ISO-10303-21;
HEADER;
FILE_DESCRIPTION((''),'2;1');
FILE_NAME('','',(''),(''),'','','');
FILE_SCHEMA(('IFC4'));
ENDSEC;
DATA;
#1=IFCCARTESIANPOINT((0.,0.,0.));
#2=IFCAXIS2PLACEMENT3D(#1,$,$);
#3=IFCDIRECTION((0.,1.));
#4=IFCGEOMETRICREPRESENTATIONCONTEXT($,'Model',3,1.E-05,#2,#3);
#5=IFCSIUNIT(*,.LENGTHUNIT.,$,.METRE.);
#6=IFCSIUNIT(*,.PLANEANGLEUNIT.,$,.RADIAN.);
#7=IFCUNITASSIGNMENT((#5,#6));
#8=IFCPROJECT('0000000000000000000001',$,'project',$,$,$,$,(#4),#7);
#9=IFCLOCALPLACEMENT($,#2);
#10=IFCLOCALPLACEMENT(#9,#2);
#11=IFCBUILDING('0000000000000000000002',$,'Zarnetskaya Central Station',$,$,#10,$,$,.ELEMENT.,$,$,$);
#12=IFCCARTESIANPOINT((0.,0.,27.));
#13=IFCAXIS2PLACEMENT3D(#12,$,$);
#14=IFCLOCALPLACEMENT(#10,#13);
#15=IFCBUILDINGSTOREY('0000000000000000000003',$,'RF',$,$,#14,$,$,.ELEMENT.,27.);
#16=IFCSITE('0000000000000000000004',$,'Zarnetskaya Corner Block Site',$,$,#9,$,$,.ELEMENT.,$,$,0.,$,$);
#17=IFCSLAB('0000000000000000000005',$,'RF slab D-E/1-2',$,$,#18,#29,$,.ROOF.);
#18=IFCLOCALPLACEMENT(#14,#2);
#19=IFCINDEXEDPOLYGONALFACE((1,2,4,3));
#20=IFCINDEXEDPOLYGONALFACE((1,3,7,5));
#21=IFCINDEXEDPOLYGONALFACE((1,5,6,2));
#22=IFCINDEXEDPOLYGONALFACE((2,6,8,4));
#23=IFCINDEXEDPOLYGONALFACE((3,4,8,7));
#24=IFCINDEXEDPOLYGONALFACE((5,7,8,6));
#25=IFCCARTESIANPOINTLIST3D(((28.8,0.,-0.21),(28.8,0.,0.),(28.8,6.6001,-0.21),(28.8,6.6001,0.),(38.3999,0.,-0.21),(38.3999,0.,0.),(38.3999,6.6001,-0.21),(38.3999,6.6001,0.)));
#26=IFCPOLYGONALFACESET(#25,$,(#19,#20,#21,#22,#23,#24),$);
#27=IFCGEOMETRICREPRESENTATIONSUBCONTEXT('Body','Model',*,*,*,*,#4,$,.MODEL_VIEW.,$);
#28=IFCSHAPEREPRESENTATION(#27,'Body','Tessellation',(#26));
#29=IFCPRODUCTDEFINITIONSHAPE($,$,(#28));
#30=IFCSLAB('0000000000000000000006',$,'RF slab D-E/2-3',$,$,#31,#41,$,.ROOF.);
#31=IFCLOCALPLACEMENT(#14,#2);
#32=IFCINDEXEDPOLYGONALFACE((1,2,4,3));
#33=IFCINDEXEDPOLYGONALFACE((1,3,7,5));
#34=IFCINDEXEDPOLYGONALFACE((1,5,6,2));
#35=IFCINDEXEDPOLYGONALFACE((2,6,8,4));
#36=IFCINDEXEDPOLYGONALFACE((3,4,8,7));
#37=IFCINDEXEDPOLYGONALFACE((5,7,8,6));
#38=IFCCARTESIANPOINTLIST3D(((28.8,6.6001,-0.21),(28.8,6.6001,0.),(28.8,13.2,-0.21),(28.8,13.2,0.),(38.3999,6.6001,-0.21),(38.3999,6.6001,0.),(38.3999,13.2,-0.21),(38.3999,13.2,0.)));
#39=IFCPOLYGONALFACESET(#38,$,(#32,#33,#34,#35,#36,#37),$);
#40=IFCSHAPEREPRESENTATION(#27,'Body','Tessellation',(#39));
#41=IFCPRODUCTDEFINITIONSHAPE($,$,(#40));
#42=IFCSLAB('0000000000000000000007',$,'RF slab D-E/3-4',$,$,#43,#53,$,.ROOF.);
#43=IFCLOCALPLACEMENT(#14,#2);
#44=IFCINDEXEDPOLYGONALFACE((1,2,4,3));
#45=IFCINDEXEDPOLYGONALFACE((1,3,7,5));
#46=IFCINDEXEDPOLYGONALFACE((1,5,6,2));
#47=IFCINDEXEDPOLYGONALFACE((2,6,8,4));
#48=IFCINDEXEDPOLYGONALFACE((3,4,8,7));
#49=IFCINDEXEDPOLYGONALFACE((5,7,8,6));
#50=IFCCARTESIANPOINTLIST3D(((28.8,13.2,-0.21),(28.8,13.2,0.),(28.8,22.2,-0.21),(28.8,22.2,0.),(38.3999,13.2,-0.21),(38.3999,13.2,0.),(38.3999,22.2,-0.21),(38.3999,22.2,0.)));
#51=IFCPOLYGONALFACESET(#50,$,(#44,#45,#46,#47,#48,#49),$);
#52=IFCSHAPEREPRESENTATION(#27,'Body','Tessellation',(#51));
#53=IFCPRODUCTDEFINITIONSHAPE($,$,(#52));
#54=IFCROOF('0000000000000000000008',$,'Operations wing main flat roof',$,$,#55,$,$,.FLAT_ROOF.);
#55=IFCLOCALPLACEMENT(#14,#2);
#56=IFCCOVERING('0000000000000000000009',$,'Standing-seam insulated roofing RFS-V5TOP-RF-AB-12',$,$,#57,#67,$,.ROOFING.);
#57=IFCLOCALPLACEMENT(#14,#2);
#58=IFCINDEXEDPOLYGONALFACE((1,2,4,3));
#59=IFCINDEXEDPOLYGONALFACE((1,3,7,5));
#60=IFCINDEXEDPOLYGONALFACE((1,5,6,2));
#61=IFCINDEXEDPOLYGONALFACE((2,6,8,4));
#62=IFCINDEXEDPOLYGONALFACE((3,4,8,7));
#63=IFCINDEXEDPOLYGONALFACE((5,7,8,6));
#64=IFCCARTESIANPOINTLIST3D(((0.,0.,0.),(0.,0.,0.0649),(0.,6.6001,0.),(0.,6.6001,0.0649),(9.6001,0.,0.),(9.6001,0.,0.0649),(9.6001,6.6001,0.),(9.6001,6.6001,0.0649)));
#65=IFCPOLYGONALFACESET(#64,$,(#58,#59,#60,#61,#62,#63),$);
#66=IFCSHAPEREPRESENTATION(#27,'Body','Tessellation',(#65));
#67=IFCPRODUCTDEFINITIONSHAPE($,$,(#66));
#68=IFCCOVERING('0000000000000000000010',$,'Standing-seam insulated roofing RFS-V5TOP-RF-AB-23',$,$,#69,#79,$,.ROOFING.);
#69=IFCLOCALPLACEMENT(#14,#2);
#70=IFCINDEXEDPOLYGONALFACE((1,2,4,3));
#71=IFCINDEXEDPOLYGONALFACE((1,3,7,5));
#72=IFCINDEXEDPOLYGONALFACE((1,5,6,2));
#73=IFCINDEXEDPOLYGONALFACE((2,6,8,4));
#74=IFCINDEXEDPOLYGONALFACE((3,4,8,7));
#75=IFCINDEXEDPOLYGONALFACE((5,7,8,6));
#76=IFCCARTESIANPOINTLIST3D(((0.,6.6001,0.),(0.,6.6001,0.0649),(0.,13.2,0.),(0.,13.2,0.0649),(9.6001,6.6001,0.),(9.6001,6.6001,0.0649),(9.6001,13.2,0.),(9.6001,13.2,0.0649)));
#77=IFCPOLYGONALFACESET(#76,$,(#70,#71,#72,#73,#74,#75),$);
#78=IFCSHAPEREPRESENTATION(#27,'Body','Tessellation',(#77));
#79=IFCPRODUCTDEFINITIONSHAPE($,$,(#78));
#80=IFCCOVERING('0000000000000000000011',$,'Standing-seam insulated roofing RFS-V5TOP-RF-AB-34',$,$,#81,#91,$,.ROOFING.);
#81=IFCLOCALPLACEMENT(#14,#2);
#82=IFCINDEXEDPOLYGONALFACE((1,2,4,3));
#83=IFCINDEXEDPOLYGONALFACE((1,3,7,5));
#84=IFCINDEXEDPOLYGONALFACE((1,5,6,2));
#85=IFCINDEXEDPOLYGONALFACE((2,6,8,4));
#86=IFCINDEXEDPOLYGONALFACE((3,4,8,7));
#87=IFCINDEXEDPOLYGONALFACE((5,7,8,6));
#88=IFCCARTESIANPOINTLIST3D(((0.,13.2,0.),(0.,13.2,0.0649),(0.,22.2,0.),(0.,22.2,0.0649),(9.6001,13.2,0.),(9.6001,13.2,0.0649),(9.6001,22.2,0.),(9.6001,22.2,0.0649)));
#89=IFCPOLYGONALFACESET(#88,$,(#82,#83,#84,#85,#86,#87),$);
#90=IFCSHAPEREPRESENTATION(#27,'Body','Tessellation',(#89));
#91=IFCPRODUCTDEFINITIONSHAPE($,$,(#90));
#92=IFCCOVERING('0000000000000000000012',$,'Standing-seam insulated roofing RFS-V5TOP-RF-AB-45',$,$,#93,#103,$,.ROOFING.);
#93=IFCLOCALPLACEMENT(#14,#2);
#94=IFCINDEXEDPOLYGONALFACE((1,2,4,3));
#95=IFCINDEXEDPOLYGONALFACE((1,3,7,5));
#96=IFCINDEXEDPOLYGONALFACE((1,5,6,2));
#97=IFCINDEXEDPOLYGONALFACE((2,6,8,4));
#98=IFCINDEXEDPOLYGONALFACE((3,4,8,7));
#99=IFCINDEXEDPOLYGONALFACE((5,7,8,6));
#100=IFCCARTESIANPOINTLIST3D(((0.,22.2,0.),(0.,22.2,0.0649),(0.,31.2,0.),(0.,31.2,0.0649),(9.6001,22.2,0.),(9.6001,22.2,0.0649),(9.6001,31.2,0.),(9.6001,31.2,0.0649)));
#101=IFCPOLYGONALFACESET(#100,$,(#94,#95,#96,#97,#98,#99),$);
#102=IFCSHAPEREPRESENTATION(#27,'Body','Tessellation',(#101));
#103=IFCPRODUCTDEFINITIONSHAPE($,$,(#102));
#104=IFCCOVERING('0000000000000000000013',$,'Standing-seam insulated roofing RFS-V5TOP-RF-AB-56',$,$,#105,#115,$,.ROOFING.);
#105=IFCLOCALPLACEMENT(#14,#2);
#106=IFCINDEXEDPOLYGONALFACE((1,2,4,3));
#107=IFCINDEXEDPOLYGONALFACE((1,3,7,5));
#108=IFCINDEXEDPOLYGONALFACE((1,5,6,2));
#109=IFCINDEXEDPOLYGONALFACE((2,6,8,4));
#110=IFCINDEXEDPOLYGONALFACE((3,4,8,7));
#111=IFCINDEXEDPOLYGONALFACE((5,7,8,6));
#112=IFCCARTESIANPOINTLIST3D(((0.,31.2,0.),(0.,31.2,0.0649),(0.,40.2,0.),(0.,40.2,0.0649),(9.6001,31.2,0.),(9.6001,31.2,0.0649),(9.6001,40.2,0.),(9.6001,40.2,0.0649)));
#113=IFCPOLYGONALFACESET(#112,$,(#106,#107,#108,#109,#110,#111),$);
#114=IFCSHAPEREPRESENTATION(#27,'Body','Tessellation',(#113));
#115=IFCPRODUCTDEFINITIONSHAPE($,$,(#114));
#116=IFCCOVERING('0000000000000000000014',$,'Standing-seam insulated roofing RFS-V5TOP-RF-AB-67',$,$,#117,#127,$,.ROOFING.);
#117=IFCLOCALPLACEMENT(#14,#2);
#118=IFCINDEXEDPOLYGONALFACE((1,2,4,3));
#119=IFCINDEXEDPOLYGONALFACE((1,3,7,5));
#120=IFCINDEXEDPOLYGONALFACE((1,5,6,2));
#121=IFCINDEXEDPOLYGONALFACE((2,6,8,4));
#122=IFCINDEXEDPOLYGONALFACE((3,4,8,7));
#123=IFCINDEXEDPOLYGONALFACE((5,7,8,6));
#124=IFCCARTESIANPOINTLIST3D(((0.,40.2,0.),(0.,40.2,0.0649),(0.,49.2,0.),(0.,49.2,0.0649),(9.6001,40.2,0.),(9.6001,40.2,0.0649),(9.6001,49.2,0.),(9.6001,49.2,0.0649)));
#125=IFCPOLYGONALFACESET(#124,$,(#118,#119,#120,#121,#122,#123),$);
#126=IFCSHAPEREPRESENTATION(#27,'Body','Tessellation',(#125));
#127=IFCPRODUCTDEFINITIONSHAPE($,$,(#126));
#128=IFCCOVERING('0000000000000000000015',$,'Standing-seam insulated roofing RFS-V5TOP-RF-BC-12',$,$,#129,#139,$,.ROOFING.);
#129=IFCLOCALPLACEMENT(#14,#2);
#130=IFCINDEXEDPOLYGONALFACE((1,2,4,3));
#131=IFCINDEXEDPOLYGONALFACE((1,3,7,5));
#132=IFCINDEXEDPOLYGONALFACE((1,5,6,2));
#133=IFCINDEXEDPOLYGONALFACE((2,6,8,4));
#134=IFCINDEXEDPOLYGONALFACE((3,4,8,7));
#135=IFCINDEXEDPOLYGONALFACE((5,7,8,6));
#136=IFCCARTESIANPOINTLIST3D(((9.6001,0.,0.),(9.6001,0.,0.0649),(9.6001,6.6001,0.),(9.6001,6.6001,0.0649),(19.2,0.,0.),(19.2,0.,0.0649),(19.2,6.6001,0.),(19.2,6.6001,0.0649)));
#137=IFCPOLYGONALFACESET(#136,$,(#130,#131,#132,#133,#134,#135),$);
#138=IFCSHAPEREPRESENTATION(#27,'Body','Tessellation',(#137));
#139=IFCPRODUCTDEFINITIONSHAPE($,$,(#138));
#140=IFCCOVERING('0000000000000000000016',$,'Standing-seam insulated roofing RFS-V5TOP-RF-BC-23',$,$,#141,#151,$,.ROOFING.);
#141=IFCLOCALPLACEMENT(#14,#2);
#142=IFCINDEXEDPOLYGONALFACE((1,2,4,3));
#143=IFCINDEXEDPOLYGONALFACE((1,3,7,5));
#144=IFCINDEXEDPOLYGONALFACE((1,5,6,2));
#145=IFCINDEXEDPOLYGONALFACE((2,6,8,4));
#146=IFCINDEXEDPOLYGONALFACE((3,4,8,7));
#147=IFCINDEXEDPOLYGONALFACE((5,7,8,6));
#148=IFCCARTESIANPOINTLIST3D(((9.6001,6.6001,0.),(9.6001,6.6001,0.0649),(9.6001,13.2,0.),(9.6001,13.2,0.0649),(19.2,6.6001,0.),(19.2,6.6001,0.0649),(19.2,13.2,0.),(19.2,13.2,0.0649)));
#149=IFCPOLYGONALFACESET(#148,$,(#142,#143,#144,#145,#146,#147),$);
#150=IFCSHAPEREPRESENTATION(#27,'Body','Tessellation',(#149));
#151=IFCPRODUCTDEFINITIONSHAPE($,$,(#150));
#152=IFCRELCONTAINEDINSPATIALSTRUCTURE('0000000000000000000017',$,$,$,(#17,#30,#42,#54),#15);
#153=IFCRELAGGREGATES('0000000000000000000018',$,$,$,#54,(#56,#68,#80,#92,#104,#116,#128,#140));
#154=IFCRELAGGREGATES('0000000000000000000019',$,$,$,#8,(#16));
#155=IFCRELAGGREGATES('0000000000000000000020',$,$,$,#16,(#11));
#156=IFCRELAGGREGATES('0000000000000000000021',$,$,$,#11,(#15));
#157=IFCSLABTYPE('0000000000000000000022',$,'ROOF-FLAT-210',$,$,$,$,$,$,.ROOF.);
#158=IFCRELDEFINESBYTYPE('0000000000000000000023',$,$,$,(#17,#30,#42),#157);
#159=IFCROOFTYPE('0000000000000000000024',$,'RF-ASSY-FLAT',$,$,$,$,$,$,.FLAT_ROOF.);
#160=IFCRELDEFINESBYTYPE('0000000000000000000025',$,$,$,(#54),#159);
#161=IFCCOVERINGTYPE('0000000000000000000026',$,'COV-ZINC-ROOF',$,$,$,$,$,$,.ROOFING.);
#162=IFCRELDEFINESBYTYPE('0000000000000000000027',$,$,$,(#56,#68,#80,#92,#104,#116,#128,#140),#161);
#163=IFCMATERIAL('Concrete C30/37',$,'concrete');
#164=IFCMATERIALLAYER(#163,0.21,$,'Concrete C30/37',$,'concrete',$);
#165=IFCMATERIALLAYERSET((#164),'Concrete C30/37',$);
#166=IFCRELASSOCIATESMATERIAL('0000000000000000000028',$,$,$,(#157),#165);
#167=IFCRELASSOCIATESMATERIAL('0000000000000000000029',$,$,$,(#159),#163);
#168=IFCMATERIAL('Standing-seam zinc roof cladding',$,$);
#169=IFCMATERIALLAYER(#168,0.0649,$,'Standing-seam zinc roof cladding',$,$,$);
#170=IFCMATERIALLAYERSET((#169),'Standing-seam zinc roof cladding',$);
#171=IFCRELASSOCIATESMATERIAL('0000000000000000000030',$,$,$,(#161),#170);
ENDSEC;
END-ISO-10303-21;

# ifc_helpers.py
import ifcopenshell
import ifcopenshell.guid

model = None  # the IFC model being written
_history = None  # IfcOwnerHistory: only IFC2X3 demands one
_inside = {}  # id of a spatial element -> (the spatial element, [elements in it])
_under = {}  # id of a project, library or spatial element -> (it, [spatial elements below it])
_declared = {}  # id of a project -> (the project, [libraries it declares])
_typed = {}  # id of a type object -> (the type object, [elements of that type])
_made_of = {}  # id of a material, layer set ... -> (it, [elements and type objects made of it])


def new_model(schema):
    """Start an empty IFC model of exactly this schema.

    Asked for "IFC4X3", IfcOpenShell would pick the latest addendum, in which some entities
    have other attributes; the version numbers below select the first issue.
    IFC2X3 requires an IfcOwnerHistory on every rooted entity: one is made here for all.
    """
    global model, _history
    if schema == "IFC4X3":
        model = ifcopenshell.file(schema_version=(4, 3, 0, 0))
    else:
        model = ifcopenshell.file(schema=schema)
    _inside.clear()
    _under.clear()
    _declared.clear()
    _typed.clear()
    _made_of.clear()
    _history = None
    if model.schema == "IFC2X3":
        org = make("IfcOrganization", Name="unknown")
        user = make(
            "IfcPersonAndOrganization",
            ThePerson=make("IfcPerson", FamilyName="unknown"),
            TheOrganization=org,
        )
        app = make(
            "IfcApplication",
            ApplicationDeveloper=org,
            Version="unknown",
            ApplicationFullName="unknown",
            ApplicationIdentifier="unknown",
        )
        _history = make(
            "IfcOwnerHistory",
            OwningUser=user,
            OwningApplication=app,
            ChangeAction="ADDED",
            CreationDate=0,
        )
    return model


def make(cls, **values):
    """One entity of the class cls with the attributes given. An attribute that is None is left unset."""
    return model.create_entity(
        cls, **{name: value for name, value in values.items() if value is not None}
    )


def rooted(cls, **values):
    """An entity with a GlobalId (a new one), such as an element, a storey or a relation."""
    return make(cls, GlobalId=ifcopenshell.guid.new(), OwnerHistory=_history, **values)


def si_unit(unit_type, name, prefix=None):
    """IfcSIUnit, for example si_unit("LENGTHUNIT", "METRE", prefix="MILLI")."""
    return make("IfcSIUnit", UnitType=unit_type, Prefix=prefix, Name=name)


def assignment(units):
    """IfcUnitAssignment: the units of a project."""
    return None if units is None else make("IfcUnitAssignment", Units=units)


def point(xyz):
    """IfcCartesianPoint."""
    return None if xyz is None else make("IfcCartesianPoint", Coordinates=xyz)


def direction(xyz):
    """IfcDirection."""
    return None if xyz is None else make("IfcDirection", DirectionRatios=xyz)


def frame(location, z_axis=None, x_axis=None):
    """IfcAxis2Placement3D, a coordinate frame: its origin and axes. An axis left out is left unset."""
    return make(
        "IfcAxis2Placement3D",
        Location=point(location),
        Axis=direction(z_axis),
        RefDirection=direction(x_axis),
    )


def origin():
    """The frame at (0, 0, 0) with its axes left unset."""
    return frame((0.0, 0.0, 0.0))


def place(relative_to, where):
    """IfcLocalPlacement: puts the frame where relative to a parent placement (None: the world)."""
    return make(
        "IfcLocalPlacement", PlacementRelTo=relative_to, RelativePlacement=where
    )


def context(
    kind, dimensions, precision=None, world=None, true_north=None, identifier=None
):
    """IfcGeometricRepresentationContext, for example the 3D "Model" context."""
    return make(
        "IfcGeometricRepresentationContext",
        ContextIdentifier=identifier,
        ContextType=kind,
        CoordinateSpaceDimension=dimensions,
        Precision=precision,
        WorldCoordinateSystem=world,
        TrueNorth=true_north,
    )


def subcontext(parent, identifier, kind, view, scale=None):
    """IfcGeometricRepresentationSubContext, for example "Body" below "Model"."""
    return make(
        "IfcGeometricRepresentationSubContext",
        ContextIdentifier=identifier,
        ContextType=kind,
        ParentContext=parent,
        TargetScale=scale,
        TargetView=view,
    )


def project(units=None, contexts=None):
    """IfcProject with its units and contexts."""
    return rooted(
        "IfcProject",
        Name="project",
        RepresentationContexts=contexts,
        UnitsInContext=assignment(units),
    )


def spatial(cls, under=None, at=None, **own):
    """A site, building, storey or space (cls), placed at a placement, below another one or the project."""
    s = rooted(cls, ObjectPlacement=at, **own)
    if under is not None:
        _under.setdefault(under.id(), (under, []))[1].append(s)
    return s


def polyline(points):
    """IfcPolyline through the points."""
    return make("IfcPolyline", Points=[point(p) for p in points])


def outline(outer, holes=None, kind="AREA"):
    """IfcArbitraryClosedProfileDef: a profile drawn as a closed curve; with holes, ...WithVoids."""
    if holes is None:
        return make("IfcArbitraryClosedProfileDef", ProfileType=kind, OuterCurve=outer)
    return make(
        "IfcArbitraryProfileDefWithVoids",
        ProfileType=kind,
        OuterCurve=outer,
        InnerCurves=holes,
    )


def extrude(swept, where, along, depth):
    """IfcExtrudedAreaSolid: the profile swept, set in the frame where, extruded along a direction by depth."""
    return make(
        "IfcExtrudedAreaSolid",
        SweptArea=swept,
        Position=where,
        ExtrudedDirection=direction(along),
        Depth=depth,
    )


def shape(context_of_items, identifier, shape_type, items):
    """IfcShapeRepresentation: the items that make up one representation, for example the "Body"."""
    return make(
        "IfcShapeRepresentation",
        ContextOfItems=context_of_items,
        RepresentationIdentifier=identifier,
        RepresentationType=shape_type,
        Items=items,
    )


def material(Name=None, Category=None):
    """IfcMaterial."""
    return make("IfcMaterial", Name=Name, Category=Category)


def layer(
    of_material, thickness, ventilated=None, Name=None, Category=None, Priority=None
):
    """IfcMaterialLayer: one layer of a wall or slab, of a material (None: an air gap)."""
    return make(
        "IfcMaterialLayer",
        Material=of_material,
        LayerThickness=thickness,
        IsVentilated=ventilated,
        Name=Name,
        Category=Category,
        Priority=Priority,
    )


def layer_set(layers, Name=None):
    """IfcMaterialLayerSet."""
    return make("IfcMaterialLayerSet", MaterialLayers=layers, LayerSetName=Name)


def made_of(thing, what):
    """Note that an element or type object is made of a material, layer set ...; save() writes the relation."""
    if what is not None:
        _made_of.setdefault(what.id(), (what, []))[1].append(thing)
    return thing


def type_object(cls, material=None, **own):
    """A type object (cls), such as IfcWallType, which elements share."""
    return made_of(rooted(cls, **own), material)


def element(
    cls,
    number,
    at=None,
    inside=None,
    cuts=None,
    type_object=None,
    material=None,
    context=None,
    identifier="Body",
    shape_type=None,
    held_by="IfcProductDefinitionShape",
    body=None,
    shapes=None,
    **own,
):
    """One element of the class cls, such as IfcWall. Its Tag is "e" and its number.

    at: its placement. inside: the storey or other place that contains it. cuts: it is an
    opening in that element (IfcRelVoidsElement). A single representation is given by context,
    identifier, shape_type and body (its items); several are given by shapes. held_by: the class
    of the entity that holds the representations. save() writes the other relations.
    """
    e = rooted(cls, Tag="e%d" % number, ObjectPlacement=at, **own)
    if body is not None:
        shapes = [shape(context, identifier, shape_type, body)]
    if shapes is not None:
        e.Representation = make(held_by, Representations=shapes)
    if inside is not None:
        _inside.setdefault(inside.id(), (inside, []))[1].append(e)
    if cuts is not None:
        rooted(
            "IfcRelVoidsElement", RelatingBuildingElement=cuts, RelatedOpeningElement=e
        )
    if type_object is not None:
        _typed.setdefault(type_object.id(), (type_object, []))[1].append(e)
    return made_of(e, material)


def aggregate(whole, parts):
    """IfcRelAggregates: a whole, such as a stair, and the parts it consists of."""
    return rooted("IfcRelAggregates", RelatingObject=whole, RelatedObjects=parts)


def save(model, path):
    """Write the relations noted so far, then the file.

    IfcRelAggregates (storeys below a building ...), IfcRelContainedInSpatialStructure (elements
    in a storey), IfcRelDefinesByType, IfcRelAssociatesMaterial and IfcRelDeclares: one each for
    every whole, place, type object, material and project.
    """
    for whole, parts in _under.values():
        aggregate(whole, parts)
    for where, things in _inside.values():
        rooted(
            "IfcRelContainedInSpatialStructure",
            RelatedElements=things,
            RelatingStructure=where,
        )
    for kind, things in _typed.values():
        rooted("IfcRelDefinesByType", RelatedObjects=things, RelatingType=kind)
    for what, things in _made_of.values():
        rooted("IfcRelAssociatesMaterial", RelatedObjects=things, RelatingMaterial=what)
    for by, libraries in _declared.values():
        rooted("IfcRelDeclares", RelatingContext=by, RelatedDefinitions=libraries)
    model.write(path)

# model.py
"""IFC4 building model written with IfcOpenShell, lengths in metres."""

from ifc_helpers import new_model, si_unit, direction, frame, origin, place, context, subcontext, project, spatial, polyline, outline, extrude, material, layer, layer_set, type_object, element, aggregate, save


model = new_model("IFC4")

# Units and contexts
model_context = context("Model", 3, precision=1e-05, world=origin(), true_north=direction((0.0, 1.0)))
body_context = subcontext(model_context, "Body", "Model", "MODEL_VIEW")
ifc_project = project(units=[si_unit("LENGTHUNIT", "METRE"), si_unit("PLANEANGLEUNIT", "RADIAN")], contexts=[model_context])

# Site, building, storey
site_placement = place(None, origin())
site = spatial("IfcSite", under=ifc_project, at=site_placement, Name="Zarnetskaya Corner Block Site", CompositionType="ELEMENT", RefElevation=0.0)
building_placement = place(site_placement, origin())
building = spatial("IfcBuilding", under=site, at=building_placement, Name="Zarnetskaya Central Station", CompositionType="ELEMENT")
storey_placement = place(building_placement, frame((0.0, 0.0, 27.0)))
storey = spatial("IfcBuildingStorey", under=building, at=storey_placement, Name="RF", CompositionType="ELEMENT", Elevation=27.0)

# Slabs
ifc_material_1 = material(Name="Concrete C30/37", Category="concrete")
ifc_layer_1 = layer(ifc_material_1, 0.21, Name="Concrete C30/37", Category="concrete")
ifc_layer_set_1 = layer_set([ifc_layer_1], Name="Concrete C30/37")
slab_type = type_object("IfcSlabType", Name="ROOF-FLAT-210", PredefinedType="ROOF", material=ifc_layer_set_1)
slab_1_placement = place(storey_placement, frame((0.0, 0.0, -0.21)))
element("IfcSlab", 1, at=slab_1_placement, inside=storey, type_object=slab_type, Name="RF slab D-E/1-2", PredefinedType="ROOF", context=body_context, shape_type="SweptSolid", body=[
    extrude(outline(polyline([(28.8, 0.0), (38.3999, 0.0), (38.3999, 6.6001), (28.8, 6.6001), (28.8, 0.0)])), origin(), (0.0, 0.0, 1.0), 0.21),
])
slab_2_placement = place(storey_placement, frame((0.0, 0.0, -0.21)))
element("IfcSlab", 2, at=slab_2_placement, inside=storey, type_object=slab_type, Name="RF slab D-E/2-3", PredefinedType="ROOF", context=body_context, shape_type="SweptSolid", body=[
    extrude(outline(polyline([(28.8, 6.6001), (38.3999, 6.6001), (38.3999, 13.2), (28.8, 13.2), (28.8, 6.6001)])), origin(), (0.0, 0.0, 1.0), 0.21),
])
slab_3_placement = place(storey_placement, frame((0.0, 0.0, -0.21)))
element("IfcSlab", 3, at=slab_3_placement, inside=storey, type_object=slab_type, Name="RF slab D-E/3-4", PredefinedType="ROOF", context=body_context, shape_type="SweptSolid", body=[
    extrude(outline(polyline([(28.8, 13.2), (38.3999, 13.2), (38.3999, 22.2), (28.8, 22.2), (28.8, 13.2)])), origin(), (0.0, 0.0, 1.0), 0.21),
])

# Roof, coverings
roof_type = type_object("IfcRoofType", Name="RF-ASSY-FLAT", PredefinedType="FLAT_ROOF", material=ifc_material_1)
roof_placement = place(storey_placement, origin())
roof = element("IfcRoof", 4, at=roof_placement, inside=storey, type_object=roof_type, Name="Operations wing main flat roof", PredefinedType="FLAT_ROOF")
ifc_material_2 = material(Name="Standing-seam zinc roof cladding")
ifc_layer_2 = layer(ifc_material_2, 0.0649, Name="Standing-seam zinc roof cladding")
ifc_layer_set_2 = layer_set([ifc_layer_2], Name="Standing-seam zinc roof cladding")
covering_type = type_object("IfcCoveringType", Name="COV-ZINC-ROOF", PredefinedType="ROOFING", material=ifc_layer_set_2)
covering_1_placement = place(storey_placement, origin())
covering_1 = element("IfcCovering", 5, at=covering_1_placement, type_object=covering_type, Name="Standing-seam insulated roofing RFS-V5TOP-RF-AB-12", PredefinedType="ROOFING", context=body_context, shape_type="SweptSolid", body=[
    extrude(outline(polyline([(0.0, 0.0), (9.6001, 0.0), (9.6001, 6.6001), (0.0, 6.6001), (0.0, 0.0)])), origin(), (0.0, 0.0, 1.0), 0.0649),
])
covering_2_placement = place(storey_placement, origin())
covering_2 = element("IfcCovering", 6, at=covering_2_placement, type_object=covering_type, Name="Standing-seam insulated roofing RFS-V5TOP-RF-AB-23", PredefinedType="ROOFING", context=body_context, shape_type="SweptSolid", body=[
    extrude(outline(polyline([(0.0, 6.6001), (9.6001, 6.6001), (9.6001, 13.2), (0.0, 13.2), (0.0, 6.6001)])), origin(), (0.0, 0.0, 1.0), 0.0649),
])
covering_3_placement = place(storey_placement, origin())
covering_3 = element("IfcCovering", 7, at=covering_3_placement, type_object=covering_type, Name="Standing-seam insulated roofing RFS-V5TOP-RF-AB-34", PredefinedType="ROOFING", context=body_context, shape_type="SweptSolid", body=[
    extrude(outline(polyline([(0.0, 13.2), (9.6001, 13.2), (9.6001, 22.2), (0.0, 22.2), (0.0, 13.2)])), origin(), (0.0, 0.0, 1.0), 0.0649),
])
covering_4_placement = place(storey_placement, origin())
covering_4 = element("IfcCovering", 8, at=covering_4_placement, type_object=covering_type, Name="Standing-seam insulated roofing RFS-V5TOP-RF-AB-45", PredefinedType="ROOFING", context=body_context, shape_type="SweptSolid", body=[
    extrude(outline(polyline([(0.0, 22.2), (9.6001, 22.2), (9.6001, 31.2), (0.0, 31.2), (0.0, 22.2)])), origin(), (0.0, 0.0, 1.0), 0.0649),
])
covering_5_placement = place(storey_placement, origin())
covering_5 = element("IfcCovering", 9, at=covering_5_placement, type_object=covering_type, Name="Standing-seam insulated roofing RFS-V5TOP-RF-AB-56", PredefinedType="ROOFING", context=body_context, shape_type="SweptSolid", body=[
    extrude(outline(polyline([(0.0, 31.2), (9.6001, 31.2), (9.6001, 40.2), (0.0, 40.2), (0.0, 31.2)])), origin(), (0.0, 0.0, 1.0), 0.0649),
])
covering_6_placement = place(storey_placement, origin())
covering_6 = element("IfcCovering", 10, at=covering_6_placement, type_object=covering_type, Name="Standing-seam insulated roofing RFS-V5TOP-RF-AB-67", PredefinedType="ROOFING", context=body_context, shape_type="SweptSolid", body=[
    extrude(outline(polyline([(0.0, 40.2), (9.6001, 40.2), (9.6001, 49.2), (0.0, 49.2), (0.0, 40.2)])), origin(), (0.0, 0.0, 1.0), 0.0649),
])
covering_7_placement = place(storey_placement, origin())
covering_7 = element("IfcCovering", 11, at=covering_7_placement, type_object=covering_type, Name="Standing-seam insulated roofing RFS-V5TOP-RF-BC-12", PredefinedType="ROOFING", context=body_context, shape_type="SweptSolid", body=[
    extrude(outline(polyline([(9.6001, 0.0), (19.2, 0.0), (19.2, 6.6001), (9.6001, 6.6001), (9.6001, 0.0)])), origin(), (0.0, 0.0, 1.0), 0.0649),
])
covering_8_placement = place(storey_placement, origin())
covering_8 = element("IfcCovering", 12, at=covering_8_placement, type_object=covering_type, Name="Standing-seam insulated roofing RFS-V5TOP-RF-BC-23", PredefinedType="ROOFING", context=body_context, shape_type="SweptSolid", body=[
    extrude(outline(polyline([(9.6001, 6.6001), (19.2, 6.6001), (19.2, 13.2), (9.6001, 13.2), (9.6001, 6.6001)])), origin(), (0.0, 0.0, 1.0), 0.0649),
])
aggregate(roof, [covering_1, covering_2, covering_3, covering_4, covering_5, covering_6, covering_7, covering_8])

save(model, "model.ifc")
